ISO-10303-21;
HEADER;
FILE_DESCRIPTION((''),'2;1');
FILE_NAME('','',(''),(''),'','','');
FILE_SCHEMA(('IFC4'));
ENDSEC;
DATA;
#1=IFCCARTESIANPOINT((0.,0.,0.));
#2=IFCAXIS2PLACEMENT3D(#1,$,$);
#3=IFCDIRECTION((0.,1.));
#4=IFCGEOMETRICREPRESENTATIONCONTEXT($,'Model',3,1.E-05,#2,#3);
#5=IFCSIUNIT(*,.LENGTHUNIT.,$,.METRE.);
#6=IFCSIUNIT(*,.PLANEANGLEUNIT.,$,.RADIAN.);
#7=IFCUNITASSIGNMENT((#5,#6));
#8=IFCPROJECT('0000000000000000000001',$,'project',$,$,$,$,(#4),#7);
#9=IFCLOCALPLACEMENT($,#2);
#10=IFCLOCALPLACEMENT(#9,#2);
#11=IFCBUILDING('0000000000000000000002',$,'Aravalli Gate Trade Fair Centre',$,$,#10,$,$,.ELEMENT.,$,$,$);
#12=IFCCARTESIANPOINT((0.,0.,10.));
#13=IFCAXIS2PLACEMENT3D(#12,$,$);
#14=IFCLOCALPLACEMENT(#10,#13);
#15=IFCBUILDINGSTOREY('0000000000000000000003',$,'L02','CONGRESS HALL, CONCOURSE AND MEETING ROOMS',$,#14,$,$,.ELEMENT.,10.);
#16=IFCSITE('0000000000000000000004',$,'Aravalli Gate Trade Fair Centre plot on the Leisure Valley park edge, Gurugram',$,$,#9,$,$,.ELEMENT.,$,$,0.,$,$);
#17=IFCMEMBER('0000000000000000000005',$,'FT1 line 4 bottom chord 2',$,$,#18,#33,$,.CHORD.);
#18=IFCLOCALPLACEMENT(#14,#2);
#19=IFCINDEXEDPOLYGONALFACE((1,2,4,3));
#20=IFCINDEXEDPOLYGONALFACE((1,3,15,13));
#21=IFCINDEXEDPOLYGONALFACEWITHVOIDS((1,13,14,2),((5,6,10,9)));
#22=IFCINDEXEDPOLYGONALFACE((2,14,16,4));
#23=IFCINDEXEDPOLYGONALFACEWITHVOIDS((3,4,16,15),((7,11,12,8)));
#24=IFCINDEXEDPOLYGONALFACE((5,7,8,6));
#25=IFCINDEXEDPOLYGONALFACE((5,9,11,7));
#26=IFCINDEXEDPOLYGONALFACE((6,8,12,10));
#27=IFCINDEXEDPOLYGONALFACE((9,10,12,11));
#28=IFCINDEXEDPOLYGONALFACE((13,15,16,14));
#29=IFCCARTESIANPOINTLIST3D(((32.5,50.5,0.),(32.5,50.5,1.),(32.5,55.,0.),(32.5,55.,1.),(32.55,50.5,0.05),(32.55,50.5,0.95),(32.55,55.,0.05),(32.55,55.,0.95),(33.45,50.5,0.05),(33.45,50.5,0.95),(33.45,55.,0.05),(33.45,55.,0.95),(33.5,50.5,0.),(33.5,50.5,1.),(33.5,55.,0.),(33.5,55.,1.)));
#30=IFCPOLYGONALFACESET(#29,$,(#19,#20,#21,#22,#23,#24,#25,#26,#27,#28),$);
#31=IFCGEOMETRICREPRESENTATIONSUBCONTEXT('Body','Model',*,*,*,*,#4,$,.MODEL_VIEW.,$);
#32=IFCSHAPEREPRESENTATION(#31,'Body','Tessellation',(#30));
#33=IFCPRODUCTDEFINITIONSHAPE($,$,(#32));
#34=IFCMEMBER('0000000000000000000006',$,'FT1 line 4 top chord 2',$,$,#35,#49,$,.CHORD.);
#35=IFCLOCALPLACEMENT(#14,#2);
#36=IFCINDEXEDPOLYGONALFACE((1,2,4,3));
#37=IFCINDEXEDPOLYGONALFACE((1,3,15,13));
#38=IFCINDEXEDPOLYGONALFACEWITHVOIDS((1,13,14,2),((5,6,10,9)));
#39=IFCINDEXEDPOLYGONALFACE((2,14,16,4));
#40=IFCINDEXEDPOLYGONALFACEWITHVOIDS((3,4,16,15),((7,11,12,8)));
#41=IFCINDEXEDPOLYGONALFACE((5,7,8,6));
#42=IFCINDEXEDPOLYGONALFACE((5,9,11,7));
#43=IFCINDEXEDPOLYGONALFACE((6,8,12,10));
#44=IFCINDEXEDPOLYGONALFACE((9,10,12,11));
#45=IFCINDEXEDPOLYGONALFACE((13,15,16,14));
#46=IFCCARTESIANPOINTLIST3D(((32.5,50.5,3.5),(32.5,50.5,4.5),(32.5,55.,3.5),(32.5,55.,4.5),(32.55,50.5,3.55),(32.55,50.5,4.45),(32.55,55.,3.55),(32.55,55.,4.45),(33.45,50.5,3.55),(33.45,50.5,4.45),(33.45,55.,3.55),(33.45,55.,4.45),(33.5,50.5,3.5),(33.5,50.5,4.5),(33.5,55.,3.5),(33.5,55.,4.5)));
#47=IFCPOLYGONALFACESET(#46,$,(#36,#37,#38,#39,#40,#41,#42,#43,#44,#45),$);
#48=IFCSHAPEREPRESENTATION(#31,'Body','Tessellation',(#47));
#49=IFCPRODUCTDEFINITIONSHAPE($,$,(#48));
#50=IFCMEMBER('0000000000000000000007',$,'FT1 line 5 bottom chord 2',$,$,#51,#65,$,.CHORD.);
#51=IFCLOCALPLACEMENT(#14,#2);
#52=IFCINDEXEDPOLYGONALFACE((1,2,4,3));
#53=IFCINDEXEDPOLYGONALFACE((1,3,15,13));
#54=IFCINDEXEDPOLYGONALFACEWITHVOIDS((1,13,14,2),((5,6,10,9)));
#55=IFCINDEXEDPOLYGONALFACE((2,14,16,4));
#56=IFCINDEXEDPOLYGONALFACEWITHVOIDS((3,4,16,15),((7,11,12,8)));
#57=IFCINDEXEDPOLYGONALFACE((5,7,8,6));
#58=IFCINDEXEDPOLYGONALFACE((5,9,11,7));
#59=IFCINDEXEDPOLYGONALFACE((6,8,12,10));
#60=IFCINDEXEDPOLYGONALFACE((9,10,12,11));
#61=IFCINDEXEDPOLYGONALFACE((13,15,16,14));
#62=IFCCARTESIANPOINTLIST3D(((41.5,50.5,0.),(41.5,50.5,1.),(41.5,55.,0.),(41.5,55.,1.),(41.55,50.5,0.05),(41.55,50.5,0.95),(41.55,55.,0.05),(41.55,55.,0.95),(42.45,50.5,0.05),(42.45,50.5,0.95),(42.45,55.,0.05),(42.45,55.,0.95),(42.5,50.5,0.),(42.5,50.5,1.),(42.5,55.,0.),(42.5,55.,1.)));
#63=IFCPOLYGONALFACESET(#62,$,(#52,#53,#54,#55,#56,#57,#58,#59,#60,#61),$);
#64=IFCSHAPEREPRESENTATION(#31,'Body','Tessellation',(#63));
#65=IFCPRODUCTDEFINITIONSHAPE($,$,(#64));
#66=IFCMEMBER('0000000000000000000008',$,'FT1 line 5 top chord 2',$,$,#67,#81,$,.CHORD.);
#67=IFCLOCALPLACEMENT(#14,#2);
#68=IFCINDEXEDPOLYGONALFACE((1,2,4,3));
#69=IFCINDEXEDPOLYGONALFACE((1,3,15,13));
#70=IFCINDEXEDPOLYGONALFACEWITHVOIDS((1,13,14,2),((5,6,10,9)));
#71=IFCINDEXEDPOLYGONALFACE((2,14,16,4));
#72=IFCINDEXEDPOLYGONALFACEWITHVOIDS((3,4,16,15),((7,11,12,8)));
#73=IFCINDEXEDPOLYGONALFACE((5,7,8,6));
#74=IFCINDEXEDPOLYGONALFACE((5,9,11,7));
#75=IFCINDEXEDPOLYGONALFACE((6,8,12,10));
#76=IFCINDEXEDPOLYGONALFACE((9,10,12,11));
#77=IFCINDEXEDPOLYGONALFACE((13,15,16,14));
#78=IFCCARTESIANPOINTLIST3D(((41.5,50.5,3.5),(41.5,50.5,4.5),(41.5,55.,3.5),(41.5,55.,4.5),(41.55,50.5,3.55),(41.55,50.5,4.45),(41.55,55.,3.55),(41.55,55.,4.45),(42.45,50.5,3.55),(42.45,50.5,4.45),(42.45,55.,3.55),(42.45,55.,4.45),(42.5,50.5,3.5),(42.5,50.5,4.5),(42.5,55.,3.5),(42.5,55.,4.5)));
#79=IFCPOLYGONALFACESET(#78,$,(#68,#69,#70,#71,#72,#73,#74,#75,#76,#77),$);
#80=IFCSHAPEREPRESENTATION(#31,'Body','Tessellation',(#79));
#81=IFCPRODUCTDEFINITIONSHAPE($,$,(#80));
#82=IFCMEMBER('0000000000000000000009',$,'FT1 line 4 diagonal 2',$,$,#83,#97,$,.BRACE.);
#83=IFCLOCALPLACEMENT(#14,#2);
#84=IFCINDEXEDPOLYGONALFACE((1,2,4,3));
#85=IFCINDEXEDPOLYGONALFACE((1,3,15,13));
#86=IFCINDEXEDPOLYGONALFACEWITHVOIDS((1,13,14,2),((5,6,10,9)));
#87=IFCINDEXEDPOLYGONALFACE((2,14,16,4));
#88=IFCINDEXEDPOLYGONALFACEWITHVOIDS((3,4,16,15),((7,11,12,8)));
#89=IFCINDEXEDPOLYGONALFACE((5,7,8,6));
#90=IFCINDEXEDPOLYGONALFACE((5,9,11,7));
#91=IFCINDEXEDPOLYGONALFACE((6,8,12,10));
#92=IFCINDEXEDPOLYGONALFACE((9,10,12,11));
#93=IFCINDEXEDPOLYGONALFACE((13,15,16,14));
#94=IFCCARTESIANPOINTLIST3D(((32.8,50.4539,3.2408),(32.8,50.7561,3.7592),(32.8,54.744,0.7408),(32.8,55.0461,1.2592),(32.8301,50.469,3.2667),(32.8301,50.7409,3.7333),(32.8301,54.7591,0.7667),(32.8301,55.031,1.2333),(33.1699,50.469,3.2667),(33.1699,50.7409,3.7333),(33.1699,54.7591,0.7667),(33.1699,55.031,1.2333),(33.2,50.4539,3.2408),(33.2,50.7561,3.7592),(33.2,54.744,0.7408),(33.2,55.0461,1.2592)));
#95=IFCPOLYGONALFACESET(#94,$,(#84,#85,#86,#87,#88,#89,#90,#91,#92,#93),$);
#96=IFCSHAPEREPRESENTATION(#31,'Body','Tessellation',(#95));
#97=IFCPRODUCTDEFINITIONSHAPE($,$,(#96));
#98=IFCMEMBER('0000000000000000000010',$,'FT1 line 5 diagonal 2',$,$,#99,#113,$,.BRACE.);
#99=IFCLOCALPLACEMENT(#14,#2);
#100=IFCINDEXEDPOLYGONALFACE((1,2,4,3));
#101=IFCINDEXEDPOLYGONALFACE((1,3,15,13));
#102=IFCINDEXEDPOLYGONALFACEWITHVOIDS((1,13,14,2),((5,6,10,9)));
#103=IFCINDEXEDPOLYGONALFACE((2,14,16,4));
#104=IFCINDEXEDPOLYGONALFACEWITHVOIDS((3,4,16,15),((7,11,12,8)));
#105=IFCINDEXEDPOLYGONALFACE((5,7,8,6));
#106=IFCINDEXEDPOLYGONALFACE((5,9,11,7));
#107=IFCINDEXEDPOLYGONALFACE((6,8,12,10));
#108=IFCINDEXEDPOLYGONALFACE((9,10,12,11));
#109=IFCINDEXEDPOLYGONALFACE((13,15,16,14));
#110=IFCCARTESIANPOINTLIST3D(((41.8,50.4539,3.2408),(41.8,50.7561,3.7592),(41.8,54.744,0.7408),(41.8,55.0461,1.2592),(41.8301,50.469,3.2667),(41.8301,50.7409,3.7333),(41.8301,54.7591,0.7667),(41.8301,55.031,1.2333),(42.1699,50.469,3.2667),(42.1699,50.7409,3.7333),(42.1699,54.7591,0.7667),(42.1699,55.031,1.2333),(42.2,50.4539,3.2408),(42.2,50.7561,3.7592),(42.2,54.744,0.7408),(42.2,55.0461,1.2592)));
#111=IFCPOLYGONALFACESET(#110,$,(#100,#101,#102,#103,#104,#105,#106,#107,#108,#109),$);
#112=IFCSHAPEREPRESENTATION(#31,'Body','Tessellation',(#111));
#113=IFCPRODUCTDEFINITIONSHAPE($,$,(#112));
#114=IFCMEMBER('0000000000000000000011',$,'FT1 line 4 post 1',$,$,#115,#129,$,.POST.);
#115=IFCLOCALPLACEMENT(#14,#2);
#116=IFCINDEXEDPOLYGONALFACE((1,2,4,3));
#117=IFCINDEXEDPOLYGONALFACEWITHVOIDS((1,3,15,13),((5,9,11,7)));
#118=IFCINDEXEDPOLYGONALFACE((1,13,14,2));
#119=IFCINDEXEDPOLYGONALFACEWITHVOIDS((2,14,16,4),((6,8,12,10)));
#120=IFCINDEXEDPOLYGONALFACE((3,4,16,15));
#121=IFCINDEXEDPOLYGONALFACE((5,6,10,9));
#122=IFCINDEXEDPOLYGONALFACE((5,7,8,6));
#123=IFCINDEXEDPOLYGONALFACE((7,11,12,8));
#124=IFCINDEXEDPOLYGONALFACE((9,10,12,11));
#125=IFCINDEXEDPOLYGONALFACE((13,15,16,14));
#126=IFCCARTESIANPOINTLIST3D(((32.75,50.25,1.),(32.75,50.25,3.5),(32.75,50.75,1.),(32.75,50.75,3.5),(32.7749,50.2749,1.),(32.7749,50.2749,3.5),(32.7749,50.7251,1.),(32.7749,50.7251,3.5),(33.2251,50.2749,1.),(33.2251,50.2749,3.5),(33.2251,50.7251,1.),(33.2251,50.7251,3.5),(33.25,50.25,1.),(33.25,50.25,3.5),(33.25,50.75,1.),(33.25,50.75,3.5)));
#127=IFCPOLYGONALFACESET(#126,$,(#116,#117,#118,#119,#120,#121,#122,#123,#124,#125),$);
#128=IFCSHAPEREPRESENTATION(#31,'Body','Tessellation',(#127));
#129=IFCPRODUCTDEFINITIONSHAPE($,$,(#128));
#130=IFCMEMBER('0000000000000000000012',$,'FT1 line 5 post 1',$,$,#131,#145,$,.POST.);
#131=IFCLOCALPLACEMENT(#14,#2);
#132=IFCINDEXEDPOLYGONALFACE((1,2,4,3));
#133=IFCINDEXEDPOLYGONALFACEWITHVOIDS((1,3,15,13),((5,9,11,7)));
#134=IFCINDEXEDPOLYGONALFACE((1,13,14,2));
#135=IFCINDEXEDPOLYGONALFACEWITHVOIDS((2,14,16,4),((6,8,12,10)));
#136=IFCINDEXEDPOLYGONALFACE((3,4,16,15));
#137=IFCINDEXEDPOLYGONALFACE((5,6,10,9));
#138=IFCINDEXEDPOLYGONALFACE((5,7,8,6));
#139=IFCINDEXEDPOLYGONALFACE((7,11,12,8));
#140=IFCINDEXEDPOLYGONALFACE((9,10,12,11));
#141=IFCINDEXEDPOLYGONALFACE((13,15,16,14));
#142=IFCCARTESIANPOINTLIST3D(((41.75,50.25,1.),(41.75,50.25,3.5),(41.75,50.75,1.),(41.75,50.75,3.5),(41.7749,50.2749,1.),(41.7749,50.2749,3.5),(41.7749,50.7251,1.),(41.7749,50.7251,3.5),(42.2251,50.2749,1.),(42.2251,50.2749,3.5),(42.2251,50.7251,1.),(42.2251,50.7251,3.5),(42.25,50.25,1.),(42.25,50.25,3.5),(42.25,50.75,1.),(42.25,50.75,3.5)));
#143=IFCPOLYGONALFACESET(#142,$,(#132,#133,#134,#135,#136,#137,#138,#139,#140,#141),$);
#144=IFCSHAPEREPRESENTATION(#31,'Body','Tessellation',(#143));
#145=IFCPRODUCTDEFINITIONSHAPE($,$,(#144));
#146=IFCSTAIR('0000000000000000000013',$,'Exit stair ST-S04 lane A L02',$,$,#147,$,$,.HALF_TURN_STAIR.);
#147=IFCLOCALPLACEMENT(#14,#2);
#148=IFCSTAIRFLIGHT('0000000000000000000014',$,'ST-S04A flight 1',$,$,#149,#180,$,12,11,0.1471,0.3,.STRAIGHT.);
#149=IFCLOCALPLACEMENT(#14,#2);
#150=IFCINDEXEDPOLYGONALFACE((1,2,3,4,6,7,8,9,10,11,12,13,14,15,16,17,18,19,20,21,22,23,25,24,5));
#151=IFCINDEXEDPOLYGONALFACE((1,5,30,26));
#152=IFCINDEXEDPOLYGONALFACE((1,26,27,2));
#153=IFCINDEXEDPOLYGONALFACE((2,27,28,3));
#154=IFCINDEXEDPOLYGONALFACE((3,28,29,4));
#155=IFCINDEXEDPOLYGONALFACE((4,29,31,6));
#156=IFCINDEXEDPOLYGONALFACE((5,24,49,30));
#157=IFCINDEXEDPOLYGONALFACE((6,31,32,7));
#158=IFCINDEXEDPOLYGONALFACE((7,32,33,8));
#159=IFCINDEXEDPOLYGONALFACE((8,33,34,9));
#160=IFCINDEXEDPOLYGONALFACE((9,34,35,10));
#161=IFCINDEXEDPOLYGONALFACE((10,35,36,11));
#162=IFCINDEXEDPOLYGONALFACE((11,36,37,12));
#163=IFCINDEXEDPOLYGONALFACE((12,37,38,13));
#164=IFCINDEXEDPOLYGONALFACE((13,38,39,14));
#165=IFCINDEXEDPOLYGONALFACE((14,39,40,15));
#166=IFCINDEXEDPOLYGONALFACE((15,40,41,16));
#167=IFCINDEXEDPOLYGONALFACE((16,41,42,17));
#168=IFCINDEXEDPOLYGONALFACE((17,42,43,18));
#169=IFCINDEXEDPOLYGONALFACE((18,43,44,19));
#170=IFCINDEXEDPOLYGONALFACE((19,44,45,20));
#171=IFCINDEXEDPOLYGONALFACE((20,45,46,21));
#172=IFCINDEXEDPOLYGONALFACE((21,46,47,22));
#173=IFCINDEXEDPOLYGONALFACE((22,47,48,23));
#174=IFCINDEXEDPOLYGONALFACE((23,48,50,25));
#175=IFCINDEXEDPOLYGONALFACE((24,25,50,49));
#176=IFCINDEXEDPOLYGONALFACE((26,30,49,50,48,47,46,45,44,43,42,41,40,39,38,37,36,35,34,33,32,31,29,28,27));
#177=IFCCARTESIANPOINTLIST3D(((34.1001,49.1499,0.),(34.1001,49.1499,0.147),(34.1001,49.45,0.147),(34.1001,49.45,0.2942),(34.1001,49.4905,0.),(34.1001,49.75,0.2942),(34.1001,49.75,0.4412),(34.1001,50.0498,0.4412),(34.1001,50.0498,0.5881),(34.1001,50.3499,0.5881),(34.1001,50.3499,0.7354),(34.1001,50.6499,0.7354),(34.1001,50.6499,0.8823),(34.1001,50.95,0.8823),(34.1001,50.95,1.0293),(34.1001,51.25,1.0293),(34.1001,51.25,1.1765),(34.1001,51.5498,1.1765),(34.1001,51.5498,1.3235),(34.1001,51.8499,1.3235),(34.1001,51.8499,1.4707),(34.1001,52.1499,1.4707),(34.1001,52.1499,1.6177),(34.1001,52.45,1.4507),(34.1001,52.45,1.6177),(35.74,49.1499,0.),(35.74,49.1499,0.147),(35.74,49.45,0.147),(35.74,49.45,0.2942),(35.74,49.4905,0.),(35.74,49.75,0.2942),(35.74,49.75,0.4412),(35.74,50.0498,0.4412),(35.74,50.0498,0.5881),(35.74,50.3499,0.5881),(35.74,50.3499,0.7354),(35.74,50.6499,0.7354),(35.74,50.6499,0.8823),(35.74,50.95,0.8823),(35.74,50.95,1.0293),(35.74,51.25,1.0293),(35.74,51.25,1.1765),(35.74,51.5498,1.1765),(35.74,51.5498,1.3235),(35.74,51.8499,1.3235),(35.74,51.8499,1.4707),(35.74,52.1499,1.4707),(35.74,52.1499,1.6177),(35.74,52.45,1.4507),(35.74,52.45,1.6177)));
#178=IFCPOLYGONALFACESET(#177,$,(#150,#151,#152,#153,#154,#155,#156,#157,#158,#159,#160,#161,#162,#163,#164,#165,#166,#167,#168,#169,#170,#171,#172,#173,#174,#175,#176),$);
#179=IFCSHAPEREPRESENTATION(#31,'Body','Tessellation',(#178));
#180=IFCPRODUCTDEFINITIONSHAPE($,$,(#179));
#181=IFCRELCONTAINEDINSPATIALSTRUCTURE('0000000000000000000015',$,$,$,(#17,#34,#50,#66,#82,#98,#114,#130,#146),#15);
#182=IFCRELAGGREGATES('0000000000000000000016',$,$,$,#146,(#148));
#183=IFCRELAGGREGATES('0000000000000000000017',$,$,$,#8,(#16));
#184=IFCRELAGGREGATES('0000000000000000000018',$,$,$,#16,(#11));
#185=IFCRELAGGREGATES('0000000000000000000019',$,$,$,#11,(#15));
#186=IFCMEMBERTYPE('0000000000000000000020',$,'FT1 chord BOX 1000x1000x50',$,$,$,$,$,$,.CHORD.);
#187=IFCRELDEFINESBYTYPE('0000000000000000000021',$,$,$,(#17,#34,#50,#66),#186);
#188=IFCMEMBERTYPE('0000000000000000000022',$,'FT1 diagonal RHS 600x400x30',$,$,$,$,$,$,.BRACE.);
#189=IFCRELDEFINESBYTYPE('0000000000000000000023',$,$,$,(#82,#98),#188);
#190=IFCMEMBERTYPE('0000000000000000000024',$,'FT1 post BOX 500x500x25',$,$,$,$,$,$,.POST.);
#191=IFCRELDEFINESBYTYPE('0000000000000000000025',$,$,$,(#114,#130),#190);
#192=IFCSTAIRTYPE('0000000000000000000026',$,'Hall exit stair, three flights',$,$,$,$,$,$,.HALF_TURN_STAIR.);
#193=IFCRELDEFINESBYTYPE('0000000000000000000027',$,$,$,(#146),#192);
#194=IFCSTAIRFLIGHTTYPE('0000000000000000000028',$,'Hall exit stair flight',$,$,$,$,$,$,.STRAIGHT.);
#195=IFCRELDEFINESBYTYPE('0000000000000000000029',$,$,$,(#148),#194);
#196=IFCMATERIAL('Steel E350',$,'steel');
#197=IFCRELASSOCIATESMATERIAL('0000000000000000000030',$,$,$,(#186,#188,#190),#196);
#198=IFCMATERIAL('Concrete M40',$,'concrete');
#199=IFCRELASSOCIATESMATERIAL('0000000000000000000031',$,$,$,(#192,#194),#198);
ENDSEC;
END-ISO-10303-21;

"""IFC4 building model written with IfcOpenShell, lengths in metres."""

from ifc_helpers import new_model, si_unit, direction, frame, origin, origin_2d, place, context, subcontext, project, spatial, polyline, hollow_rectangle, outline, extrude, material, material_profile, profile_set, type_object, element, aggregate, save


model = new_model("IFC4")

# Units and contexts
model_context = context("Model", 3, precision=1e-05, world=origin(), true_north=direction((0.0, 1.0)))
body_context = subcontext(model_context, "Body", "Model", "MODEL_VIEW")
ifc_project = project(units=[si_unit("LENGTHUNIT", "METRE"), si_unit("PLANEANGLEUNIT", "RADIAN")], contexts=[model_context])

# Site, building, storey
site_placement = place(None, origin())
site = spatial("IfcSite", under=ifc_project, at=site_placement, Name="Aravalli Gate Trade Fair Centre plot on the Leisure Valley park edge, Gurugram", CompositionType="ELEMENT", RefElevation=0.0)
building_placement = place(site_placement, origin())
building = spatial("IfcBuilding", under=site, at=building_placement, Name="Aravalli Gate Trade Fair Centre", CompositionType="ELEMENT")
storey_placement = place(building_placement, frame((0.0, 0.0, 10.0)))
storey = spatial("IfcBuildingStorey", under=building, at=storey_placement, Name="L02", Description="CONGRESS HALL, CONCOURSE AND MEETING ROOMS", CompositionType="ELEMENT", Elevation=10.0)

# Members
ifc_material_1 = material(Name="Steel E350", Category="steel")
ifc_material_profile_1 = material_profile(ifc_material_1, hollow_rectangle(XDim=1.0, YDim=1.0, WallThickness=0.05, at=origin_2d()), Name="BOX 1000x1000x50")
ifc_profile_set_1 = profile_set([ifc_material_profile_1], Name="Steel E350")
member_type_1 = type_object("IfcMemberType", Name="FT1 chord BOX 1000x1000x50", PredefinedType="CHORD", material=ifc_profile_set_1)
for number, where, z_axis, x_axis, name in (
    (1, (33.0, 50.5, 0.5), (0.0, 1.0, 0.0), (-1.0, 0.0, 0.0), "FT1 line 4 bottom chord 2"),
    (2, (33.0, 50.5, 4.0), (0.0, 1.0, 0.0), (-1.0, 0.0, 0.0), "FT1 line 4 top chord 2"),
    (3, (42.0, 50.5, 0.5), (0.0, 1.0, 0.0), (-1.0, 0.0, 0.0), "FT1 line 5 bottom chord 2"),
    (4, (42.0, 50.5, 4.0), (0.0, 1.0, 0.0), (-1.0, 0.0, 0.0), "FT1 line 5 top chord 2"),
):
    element("IfcMember", number, at=place(storey_placement, frame(where, z_axis=z_axis, x_axis=x_axis)), inside=storey, type_object=member_type_1, Name=name, PredefinedType="CHORD", context=body_context, shape_type="SweptSolid", body=[
        extrude(hollow_rectangle(XDim=1.0, YDim=1.0, WallThickness=0.05, at=origin_2d()), origin(), (0.0, 0.0, 1.0), 4.5),
    ])
ifc_material_profile_2 = material_profile(ifc_material_1, hollow_rectangle(XDim=0.3999, YDim=0.6001, WallThickness=0.03, at=origin_2d()), Name="RHS 600x400x30")
ifc_profile_set_2 = profile_set([ifc_material_profile_2], Name="Steel E350")
member_type_2 = type_object("IfcMemberType", Name="FT1 diagonal RHS 600x400x30", PredefinedType="BRACE", material=ifc_profile_set_2)
for number, where, z_axis, x_axis, name in (
    (5, (33.0, 50.605, 3.5), (0.0, 0.864, -0.503492), (-1.0, 0.0, 0.0), "FT1 line 4 diagonal 2"),
    (6, (42.0, 50.605, 3.5), (0.0, 0.864, -0.503492), (-1.0, 0.0, 0.0), "FT1 line 5 diagonal 2"),
):
    element("IfcMember", number, at=place(storey_placement, frame(where, z_axis=z_axis, x_axis=x_axis)), inside=storey, type_object=member_type_2, Name=name, PredefinedType="BRACE", context=body_context, shape_type="SweptSolid", body=[
        extrude(hollow_rectangle(XDim=0.3999, YDim=0.6001, WallThickness=0.03, at=origin_2d()), origin(), (0.0, 0.0, 1.0), 4.9653),
    ])
ifc_material_profile_3 = material_profile(ifc_material_1, hollow_rectangle(XDim=0.5, YDim=0.5, WallThickness=0.0249, at=origin_2d()), Name="BOX 500x500x25")
ifc_profile_set_3 = profile_set([ifc_material_profile_3], Name="Steel E350")
member_type_3 = type_object("IfcMemberType", Name="FT1 post BOX 500x500x25", PredefinedType="POST", material=ifc_profile_set_3)
for number, where, z_axis, x_axis, name in (
    (7, (33.0, 50.5, 1.0), (0.0, 0.0, 1.0), (1.0, 0.0, 0.0), "FT1 line 4 post 1"),
    (8, (42.0, 50.5, 1.0), (0.0, 0.0, 1.0), (1.0, 0.0, 0.0), "FT1 line 5 post 1"),
):
    element("IfcMember", number, at=place(storey_placement, frame(where, z_axis=z_axis, x_axis=x_axis)), inside=storey, type_object=member_type_3, Name=name, PredefinedType="POST", context=body_context, shape_type="SweptSolid", body=[
        extrude(hollow_rectangle(XDim=0.5, YDim=0.5, WallThickness=0.0249, at=origin_2d()), origin(), (0.0, 0.0, 1.0), 2.5),
    ])

# Stair, stair flight
ifc_material_2 = material(Name="Concrete M40", Category="concrete")
stair_type = type_object("IfcStairType", Name="Hall exit stair, three flights", PredefinedType="HALF_TURN_STAIR", material=ifc_material_2)
stair_1_placement = place(storey_placement, origin())
stair_1 = element("IfcStair", 9, at=stair_1_placement, inside=storey, type_object=stair_type, Name="Exit stair ST-S04 lane A L02", PredefinedType="HALF_TURN_STAIR")
stair_flight_type = type_object("IfcStairFlightType", Name="Hall exit stair flight", PredefinedType="STRAIGHT", material=ifc_material_2)
stair_flight_1_placement = place(storey_placement, frame((34.9199, 49.1499, 0.0), z_axis=(0.0, 0.0, 1.0), x_axis=(0.0, 1.0, 0.0)))
stair_flight_1 = element("IfcStairFlight", 10, at=stair_flight_1_placement, type_object=stair_flight_type, Name="ST-S04A flight 1", NumberOfRisers=12, NumberOfTreads=11, PredefinedType="STRAIGHT", RiserHeight=0.1471, TreadLength=0.3, context=body_context, shape_type="SweptSolid", body=[
    extrude(outline(polyline([(0.0, 0.0), (0.0, 0.147), (0.3, 0.147), (0.3, 0.2942), (0.6001, 0.2942), (0.6001, 0.4412), (0.8999, 0.4412), (0.8999, 0.5881), (1.2, 0.5881), (1.2, 0.7354), (1.5, 0.7354), (1.5, 0.8823), (1.8, 0.8823), (1.8, 1.0293), (2.1001, 1.0293), (2.1001, 1.1765), (2.3999, 1.1765), (2.3999, 1.3235), (2.7, 1.3235), (2.7, 1.4707), (3.0, 1.4707), (3.0, 1.6177), (3.3, 1.6177), (3.3, 1.7646), (3.3, 1.4507), (0.3406, 0.0), (0.0, 0.0)])), frame((0.0, 0.8198, 0.0), z_axis=(0.0, -1.0, 0.0), x_axis=(1.0, 0.0, 0.0)), (0.0, 0.0, 1.0), 1.6399),
])
aggregate(stair_1, [stair_flight_1])

save(model, "model.ifc")
